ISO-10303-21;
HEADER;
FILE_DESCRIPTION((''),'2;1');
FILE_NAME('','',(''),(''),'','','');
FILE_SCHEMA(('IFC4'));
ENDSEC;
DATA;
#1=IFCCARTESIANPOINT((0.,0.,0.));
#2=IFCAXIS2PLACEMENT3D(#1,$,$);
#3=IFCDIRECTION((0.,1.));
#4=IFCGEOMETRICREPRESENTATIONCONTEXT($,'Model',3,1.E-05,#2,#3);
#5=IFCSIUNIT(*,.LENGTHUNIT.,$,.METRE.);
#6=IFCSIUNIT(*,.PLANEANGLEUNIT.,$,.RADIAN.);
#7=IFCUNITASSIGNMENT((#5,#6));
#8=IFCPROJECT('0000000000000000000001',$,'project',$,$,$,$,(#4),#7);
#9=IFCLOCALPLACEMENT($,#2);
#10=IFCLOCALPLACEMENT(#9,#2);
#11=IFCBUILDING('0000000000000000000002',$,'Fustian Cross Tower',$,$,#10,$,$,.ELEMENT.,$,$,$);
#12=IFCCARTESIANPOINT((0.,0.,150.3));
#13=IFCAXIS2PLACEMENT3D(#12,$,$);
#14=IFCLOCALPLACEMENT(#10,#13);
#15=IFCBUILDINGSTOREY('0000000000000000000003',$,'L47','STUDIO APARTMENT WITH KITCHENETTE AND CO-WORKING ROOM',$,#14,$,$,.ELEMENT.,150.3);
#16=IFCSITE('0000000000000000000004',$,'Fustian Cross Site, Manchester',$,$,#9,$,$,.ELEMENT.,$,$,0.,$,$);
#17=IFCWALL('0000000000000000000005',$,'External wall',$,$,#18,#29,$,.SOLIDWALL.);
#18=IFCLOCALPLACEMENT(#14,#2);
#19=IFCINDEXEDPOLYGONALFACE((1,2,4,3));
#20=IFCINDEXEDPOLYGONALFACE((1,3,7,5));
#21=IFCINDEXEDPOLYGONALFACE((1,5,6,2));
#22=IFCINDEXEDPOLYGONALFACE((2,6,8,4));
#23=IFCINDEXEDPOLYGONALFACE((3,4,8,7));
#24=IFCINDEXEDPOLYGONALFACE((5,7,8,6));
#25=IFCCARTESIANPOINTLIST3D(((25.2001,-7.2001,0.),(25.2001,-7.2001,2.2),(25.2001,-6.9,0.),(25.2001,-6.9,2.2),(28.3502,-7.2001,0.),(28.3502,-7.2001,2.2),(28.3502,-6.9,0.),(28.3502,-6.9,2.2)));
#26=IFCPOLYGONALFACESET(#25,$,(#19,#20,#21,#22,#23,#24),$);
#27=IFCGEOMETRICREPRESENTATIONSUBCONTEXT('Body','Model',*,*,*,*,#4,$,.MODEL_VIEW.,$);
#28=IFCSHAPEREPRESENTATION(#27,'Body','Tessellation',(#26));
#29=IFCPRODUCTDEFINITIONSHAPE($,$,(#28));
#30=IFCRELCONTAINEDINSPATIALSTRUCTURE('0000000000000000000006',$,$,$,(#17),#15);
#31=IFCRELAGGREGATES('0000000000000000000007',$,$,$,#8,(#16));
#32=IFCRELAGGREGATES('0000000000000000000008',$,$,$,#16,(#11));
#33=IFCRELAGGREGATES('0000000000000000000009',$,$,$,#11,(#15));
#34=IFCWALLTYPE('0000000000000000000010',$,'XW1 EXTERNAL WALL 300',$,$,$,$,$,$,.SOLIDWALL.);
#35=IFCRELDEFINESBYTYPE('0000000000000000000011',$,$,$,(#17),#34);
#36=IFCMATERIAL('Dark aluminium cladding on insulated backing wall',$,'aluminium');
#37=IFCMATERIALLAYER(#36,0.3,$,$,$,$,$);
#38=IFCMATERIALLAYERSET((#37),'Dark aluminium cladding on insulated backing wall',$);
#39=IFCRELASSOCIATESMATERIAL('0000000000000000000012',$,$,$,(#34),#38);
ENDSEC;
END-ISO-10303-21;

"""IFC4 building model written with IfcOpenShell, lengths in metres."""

from ifc_helpers import new_model, si_unit, direction, frame, frame_2d, origin, place, context, subcontext, project, spatial, rectangle, extrude, material, layer, layer_set, type_object, element, save


model = new_model("IFC4")

# Units and contexts
model_context = context("Model", 3, precision=1e-05, world=origin(), true_north=direction((0.0, 1.0)))
body_context = subcontext(model_context, "Body", "Model", "MODEL_VIEW")
ifc_project = project(units=[si_unit("LENGTHUNIT", "METRE"), si_unit("PLANEANGLEUNIT", "RADIAN")], contexts=[model_context])

# Site, building, storey
site_placement = place(None, origin())
site = spatial("IfcSite", under=ifc_project, at=site_placement, Name="Fustian Cross Site, Manchester", CompositionType="ELEMENT", RefElevation=0.0)
building_placement = place(site_placement, origin())
building = spatial("IfcBuilding", under=site, at=building_placement, Name="Fustian Cross Tower", CompositionType="ELEMENT")
storey_placement = place(building_placement, frame((0.0, 0.0, 150.3)))
storey = spatial("IfcBuildingStorey", under=building, at=storey_placement, Name="L47", Description="STUDIO APARTMENT WITH KITCHENETTE AND CO-WORKING ROOM", CompositionType="ELEMENT", Elevation=150.3)

# Shared definitions
ifc_material_1 = material(Name="Dark aluminium cladding on insulated backing wall", Category="aluminium")
ifc_layer_1 = layer(ifc_material_1, 0.3)
ifc_layer_set_1 = layer_set([ifc_layer_1], Name="Dark aluminium cladding on insulated backing wall")
wall_type_1 = type_object("IfcWallType", Name="XW1 EXTERNAL WALL 300", PredefinedType="SOLIDWALL", material=ifc_layer_set_1)

# Wall
wall_1_placement = place(storey_placement, frame((25.2, -7.05, 0.0), z_axis=(0.0, 0.0, 1.0), x_axis=(1.0, 0.0, 0.0)))
element("IfcWall", 1, at=wall_1_placement, inside=storey, type_object=wall_type_1, Name="External wall", PredefinedType="SOLIDWALL", context=body_context, shape_type="SweptSolid", body=[
    extrude(rectangle(XDim=3.1501, YDim=0.3, at=frame_2d((1.5752, 0.0))), origin(), (0.0, 0.0, 1.0), 2.2),
])

save(model, "model.ifc")
